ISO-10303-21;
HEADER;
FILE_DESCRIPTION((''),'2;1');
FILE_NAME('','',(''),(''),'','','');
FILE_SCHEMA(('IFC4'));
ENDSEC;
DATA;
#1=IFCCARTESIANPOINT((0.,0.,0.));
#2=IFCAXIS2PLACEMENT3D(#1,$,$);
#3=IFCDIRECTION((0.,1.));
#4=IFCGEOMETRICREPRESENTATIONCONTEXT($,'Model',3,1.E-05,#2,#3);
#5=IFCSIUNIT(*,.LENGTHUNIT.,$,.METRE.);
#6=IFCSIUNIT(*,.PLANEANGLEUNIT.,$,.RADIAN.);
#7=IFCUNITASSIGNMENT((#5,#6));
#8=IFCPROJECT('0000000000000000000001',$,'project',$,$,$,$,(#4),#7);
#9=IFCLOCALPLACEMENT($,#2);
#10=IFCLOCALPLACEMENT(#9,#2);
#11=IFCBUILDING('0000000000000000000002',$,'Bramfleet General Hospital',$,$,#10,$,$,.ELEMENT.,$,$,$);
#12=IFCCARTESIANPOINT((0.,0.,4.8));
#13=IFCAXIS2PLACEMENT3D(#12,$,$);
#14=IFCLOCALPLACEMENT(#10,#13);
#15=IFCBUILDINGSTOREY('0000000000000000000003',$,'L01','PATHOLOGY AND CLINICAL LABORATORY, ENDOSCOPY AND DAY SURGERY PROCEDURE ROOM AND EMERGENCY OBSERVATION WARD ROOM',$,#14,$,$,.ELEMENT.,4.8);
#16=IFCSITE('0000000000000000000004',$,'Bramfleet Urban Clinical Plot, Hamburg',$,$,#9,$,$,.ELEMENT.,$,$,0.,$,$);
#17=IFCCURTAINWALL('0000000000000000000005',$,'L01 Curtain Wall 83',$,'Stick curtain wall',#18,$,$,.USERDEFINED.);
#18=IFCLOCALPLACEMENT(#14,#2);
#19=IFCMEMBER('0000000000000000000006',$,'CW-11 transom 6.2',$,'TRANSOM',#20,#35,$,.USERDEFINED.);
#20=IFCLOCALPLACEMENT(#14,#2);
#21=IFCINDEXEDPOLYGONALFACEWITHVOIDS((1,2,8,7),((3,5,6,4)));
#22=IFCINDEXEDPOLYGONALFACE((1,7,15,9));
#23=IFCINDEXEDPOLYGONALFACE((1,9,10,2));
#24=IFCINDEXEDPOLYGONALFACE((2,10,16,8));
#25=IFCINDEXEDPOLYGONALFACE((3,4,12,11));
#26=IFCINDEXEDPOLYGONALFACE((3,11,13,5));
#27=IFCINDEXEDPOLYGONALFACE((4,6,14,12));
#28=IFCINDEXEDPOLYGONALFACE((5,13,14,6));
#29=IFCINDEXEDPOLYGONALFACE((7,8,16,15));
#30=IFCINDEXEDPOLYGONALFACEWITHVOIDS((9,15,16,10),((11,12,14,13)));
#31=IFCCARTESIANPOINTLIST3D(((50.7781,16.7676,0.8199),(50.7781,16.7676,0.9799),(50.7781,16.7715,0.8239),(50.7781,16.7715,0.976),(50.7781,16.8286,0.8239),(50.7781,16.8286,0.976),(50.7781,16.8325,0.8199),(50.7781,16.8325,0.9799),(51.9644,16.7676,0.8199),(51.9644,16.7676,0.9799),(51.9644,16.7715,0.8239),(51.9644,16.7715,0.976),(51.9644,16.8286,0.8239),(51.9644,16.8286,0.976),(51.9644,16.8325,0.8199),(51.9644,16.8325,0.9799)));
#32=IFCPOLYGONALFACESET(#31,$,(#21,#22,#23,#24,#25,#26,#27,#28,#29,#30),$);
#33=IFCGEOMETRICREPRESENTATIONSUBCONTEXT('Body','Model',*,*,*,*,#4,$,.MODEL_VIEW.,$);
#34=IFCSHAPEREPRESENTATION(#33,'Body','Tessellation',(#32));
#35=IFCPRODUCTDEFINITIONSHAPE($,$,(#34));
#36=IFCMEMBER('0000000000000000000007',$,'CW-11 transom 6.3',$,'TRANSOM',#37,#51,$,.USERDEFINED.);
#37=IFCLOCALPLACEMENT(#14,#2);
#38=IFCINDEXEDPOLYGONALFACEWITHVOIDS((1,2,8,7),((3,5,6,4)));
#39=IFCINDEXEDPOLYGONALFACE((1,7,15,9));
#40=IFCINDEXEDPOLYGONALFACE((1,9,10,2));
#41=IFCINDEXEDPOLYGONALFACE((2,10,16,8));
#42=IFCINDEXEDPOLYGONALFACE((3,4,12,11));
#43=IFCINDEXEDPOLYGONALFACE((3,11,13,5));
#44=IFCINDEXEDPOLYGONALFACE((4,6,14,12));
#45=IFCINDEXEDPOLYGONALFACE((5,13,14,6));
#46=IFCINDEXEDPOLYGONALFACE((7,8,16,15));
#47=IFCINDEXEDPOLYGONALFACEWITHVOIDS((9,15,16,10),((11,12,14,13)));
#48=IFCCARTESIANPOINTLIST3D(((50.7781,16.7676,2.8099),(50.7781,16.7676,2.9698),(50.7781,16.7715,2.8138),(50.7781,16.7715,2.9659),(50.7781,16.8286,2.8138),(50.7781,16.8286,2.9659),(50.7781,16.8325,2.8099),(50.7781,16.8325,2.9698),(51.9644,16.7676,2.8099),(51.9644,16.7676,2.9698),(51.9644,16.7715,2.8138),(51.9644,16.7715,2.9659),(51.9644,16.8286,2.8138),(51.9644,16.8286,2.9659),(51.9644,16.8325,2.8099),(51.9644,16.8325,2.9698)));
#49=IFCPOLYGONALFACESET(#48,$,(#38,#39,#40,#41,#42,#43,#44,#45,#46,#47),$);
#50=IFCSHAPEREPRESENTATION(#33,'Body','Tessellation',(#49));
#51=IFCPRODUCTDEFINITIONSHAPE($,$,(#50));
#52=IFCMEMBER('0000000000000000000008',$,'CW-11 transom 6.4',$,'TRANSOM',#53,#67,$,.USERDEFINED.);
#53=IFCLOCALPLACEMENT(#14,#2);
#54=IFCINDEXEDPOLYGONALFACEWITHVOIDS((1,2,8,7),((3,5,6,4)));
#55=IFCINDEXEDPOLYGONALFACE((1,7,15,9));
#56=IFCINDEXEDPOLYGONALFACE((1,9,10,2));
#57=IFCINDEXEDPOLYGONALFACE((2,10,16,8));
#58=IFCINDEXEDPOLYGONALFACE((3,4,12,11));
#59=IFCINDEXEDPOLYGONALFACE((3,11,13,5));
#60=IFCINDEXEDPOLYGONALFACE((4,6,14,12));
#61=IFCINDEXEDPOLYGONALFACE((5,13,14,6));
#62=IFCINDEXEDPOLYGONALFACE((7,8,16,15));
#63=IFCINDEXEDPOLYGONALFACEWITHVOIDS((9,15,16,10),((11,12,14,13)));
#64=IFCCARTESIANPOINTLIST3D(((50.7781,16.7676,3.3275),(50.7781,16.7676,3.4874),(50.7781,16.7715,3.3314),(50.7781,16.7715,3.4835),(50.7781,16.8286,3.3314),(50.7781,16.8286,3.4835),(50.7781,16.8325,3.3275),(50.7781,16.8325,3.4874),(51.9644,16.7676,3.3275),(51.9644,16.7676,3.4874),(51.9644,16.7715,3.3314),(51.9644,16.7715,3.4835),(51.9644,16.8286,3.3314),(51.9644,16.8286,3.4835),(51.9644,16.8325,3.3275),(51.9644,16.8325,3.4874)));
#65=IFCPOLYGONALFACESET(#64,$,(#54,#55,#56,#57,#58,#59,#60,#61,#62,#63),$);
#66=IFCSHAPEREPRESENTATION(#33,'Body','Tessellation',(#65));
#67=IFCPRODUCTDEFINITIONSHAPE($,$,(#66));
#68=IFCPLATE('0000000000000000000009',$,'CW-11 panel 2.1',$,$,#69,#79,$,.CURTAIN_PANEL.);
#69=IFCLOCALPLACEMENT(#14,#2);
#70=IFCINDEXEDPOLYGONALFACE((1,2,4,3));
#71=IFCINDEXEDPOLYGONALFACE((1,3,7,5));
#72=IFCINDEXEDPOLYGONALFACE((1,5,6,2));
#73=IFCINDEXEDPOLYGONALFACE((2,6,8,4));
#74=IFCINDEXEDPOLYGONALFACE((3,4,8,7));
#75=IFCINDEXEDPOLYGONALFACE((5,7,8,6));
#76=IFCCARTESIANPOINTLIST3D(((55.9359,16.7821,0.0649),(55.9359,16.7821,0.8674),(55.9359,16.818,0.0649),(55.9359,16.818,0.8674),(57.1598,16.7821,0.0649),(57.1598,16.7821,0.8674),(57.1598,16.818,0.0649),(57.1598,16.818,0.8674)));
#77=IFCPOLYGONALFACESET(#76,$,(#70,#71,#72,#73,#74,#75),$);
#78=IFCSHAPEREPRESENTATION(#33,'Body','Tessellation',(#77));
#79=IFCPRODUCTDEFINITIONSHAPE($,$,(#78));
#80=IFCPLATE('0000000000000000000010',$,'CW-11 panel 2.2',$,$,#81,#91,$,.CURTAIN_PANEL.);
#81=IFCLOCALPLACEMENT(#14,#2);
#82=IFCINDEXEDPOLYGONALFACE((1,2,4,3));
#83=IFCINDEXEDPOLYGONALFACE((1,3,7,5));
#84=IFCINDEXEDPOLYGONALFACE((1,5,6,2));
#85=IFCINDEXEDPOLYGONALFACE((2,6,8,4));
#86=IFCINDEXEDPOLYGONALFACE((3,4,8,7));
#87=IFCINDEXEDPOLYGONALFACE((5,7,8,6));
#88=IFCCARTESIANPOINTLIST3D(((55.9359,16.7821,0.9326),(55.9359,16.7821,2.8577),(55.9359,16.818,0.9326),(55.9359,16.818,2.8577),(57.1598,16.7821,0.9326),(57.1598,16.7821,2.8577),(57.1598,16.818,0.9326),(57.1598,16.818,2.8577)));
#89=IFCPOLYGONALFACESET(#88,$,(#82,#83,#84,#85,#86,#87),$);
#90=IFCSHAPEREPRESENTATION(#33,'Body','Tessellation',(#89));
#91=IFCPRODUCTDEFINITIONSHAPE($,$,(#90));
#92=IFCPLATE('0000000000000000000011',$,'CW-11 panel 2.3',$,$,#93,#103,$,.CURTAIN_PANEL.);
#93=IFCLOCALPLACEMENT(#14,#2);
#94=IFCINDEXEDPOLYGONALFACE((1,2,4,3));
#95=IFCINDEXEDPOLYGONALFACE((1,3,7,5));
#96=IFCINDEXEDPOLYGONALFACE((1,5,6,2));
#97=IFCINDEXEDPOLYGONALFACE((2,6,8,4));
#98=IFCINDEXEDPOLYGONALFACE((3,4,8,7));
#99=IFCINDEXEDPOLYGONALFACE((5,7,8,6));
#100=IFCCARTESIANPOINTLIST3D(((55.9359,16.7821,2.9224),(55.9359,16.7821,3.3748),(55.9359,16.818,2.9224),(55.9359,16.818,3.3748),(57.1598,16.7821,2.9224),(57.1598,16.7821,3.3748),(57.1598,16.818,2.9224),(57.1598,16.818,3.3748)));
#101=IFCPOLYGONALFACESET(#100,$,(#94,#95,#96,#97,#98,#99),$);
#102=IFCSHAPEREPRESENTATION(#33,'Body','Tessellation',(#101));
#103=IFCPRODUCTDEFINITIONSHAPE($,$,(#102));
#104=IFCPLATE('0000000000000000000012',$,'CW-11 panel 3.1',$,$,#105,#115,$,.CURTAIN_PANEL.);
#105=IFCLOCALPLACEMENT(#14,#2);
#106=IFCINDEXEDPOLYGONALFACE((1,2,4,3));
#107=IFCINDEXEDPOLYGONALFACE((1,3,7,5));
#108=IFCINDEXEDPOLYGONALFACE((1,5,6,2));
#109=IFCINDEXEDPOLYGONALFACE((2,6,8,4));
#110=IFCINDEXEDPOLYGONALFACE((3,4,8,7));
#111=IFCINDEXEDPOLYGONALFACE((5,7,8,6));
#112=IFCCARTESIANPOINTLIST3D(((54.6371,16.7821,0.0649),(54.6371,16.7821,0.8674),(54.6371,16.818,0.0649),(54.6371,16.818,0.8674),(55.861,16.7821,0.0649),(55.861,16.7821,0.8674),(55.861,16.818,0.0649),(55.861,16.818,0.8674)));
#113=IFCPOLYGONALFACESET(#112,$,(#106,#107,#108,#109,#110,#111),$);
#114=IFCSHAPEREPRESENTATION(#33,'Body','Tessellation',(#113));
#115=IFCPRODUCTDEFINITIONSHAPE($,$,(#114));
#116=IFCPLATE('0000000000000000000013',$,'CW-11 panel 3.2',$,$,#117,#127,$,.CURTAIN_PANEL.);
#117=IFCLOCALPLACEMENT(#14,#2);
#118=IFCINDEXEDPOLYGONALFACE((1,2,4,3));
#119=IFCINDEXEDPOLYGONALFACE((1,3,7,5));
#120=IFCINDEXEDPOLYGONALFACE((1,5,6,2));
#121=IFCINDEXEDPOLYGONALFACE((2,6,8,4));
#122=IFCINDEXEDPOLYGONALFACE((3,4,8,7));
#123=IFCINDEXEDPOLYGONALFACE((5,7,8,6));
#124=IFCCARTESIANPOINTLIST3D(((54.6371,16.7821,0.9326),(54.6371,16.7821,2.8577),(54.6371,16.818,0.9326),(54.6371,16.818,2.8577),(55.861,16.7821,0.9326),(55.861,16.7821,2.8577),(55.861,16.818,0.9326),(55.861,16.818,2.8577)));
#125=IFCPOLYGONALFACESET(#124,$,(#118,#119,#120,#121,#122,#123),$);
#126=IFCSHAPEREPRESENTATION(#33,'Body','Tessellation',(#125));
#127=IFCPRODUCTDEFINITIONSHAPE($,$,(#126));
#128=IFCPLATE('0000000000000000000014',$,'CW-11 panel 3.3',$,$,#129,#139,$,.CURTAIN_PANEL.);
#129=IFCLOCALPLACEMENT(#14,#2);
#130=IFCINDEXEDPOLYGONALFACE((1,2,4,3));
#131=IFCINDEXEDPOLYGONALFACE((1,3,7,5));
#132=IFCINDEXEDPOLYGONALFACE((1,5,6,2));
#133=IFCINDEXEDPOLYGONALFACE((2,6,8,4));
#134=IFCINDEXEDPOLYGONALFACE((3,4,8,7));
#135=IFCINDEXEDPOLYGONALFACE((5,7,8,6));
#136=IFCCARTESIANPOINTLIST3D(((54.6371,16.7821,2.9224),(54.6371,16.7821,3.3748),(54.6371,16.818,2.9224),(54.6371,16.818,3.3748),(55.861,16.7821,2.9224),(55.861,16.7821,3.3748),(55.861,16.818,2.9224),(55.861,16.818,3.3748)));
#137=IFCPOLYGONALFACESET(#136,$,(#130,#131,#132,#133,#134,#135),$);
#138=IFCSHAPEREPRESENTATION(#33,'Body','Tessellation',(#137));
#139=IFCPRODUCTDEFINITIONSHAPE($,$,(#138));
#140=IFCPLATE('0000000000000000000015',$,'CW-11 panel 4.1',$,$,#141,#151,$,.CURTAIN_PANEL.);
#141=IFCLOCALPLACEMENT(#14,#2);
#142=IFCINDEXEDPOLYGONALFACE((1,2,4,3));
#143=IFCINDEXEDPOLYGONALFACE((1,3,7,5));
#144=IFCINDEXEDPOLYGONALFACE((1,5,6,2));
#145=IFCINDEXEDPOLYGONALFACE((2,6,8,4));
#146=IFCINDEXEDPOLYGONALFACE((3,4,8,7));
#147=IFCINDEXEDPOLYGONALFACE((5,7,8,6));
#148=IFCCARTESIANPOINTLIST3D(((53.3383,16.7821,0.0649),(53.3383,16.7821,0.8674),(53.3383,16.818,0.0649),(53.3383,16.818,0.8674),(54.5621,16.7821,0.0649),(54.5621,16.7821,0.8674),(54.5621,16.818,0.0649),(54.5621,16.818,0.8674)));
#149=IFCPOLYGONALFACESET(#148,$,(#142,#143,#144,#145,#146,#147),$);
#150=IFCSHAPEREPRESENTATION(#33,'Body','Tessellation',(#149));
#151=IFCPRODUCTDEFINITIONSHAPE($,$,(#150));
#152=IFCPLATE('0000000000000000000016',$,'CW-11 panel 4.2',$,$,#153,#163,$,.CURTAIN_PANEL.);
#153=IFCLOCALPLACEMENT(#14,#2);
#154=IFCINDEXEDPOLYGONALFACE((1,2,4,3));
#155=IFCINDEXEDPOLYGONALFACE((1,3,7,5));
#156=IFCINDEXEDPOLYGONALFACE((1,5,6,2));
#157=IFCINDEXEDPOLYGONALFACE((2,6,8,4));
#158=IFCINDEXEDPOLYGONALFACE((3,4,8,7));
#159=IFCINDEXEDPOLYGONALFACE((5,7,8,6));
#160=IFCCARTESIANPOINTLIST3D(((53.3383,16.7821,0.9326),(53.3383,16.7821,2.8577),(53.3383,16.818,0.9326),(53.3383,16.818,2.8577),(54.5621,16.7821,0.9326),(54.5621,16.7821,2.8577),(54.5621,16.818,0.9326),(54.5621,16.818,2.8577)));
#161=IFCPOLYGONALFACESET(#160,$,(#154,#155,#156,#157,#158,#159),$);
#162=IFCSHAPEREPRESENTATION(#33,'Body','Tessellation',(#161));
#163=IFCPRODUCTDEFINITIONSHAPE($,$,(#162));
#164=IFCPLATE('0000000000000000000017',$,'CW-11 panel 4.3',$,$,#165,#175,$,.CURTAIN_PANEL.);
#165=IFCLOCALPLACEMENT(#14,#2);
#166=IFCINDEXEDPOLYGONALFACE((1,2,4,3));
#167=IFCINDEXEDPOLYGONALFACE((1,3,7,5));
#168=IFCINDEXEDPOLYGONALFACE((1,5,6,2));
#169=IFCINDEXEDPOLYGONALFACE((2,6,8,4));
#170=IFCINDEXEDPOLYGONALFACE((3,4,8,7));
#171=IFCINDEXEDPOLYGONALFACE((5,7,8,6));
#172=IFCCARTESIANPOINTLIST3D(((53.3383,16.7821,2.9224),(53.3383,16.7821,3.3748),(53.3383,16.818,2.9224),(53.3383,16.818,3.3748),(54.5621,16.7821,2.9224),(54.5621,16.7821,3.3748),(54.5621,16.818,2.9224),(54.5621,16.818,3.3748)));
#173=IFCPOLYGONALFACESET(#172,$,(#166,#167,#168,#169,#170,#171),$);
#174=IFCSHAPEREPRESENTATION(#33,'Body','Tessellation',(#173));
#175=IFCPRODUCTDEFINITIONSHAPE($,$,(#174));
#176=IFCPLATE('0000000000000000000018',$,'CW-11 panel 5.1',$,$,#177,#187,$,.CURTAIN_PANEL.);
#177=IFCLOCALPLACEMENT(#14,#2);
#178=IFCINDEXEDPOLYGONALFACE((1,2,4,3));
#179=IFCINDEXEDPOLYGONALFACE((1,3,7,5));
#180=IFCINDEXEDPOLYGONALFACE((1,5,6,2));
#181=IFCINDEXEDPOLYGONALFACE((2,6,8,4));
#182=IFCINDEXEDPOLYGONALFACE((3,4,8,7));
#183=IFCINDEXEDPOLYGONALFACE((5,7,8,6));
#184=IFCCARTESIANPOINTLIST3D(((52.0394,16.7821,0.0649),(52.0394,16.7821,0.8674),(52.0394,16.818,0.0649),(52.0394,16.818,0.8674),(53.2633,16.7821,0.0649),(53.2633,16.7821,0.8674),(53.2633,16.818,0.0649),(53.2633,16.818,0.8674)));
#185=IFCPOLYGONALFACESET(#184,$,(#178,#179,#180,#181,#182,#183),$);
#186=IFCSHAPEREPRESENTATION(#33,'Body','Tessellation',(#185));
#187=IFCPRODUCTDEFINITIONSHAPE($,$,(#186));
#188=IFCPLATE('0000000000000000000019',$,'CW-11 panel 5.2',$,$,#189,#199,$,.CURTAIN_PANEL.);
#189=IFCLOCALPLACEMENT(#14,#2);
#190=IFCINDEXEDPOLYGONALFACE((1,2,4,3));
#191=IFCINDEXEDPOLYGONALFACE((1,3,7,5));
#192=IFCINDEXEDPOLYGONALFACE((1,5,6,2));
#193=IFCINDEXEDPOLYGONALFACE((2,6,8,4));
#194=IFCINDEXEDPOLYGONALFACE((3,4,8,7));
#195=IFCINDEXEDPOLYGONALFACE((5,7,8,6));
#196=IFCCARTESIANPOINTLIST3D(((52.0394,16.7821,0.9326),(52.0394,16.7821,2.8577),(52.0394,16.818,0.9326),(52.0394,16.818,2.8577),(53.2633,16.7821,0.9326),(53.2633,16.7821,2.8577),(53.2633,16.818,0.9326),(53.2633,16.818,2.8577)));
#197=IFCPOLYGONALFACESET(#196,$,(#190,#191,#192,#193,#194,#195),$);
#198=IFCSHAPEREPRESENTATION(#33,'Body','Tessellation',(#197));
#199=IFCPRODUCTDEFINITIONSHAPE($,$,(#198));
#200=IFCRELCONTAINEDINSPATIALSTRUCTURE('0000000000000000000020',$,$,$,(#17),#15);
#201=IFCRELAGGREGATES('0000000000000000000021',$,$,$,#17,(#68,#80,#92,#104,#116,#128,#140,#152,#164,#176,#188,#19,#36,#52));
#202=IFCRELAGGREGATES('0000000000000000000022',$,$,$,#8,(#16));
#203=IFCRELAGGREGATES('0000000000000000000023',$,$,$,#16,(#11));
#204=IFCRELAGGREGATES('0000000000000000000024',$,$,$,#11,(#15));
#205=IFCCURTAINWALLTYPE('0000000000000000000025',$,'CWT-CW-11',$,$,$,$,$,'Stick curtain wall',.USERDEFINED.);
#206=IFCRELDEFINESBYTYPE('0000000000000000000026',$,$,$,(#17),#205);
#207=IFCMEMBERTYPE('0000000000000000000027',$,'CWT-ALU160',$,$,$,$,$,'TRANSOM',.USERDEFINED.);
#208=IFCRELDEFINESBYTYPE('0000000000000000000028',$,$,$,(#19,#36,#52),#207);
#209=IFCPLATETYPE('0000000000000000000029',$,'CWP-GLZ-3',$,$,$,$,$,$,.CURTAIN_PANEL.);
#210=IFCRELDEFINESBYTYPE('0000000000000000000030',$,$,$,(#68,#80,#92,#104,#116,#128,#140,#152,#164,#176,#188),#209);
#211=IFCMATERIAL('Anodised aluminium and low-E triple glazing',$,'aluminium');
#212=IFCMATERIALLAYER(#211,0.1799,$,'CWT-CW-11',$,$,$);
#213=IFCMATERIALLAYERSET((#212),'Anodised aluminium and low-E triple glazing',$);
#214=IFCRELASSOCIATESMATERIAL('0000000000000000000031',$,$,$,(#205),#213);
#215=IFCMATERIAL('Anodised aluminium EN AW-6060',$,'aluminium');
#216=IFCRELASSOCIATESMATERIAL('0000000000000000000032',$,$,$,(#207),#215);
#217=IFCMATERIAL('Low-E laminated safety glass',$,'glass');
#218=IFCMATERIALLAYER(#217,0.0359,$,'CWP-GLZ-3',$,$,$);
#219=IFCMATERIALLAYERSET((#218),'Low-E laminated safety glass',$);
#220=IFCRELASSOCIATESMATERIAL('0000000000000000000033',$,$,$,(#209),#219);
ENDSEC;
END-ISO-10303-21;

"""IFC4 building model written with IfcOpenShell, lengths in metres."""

from ifc_helpers import new_model, si_unit, direction, frame, origin, origin_2d, place, context, subcontext, project, spatial, rectangle, hollow_rectangle, extrude, material, layer, layer_set, material_profile, profile_set, type_object, element, aggregate, save


model = new_model("IFC4")

# Units and contexts
model_context = context("Model", 3, precision=1e-05, world=origin(), true_north=direction((0.0, 1.0)))
body_context = subcontext(model_context, "Body", "Model", "MODEL_VIEW")
ifc_project = project(units=[si_unit("LENGTHUNIT", "METRE"), si_unit("PLANEANGLEUNIT", "RADIAN")], contexts=[model_context])

# Site, building, storey
site_placement = place(None, origin())
site = spatial("IfcSite", under=ifc_project, at=site_placement, Name="Bramfleet Urban Clinical Plot, Hamburg", CompositionType="ELEMENT", RefElevation=0.0)
building_placement = place(site_placement, origin())
building = spatial("IfcBuilding", under=site, at=building_placement, Name="Bramfleet General Hospital", CompositionType="ELEMENT")
storey_placement = place(building_placement, frame((0.0, 0.0, 4.8)))
storey = spatial("IfcBuildingStorey", under=building, at=storey_placement, Name="L01", Description="PATHOLOGY AND CLINICAL LABORATORY, ENDOSCOPY AND DAY SURGERY PROCEDURE ROOM AND EMERGENCY OBSERVATION WARD ROOM", CompositionType="ELEMENT", Elevation=4.8)

# Curtain wall, members, plates
ifc_material_1 = material(Name="Anodised aluminium and low-E triple glazing", Category="aluminium")
ifc_layer_1 = layer(ifc_material_1, 0.1799, Name="CWT-CW-11")
ifc_layer_set_1 = layer_set([ifc_layer_1], Name="Anodised aluminium and low-E triple glazing")
curtain_wall_type = type_object("IfcCurtainWallType", Name="CWT-CW-11", ElementType="Stick curtain wall", PredefinedType="USERDEFINED", material=ifc_layer_set_1)
curtain_wall_placement = place(storey_placement, origin())
curtain_wall = element("IfcCurtainWall", 1, at=curtain_wall_placement, inside=storey, type_object=curtain_wall_type, Name="L01 Curtain Wall 83", ObjectType="Stick curtain wall", PredefinedType="USERDEFINED")
ifc_material_2 = material(Name="Anodised aluminium EN AW-6060", Category="aluminium")
ifc_material_profile_1 = material_profile(ifc_material_2, hollow_rectangle(XDim=0.0649, YDim=0.1599, WallThickness=0.0039, at=origin_2d()), Name="ALU 160x65x4.0")
ifc_profile_set_1 = profile_set([ifc_material_profile_1], Name="Anodised aluminium EN AW-6060")
member_type_1 = type_object("IfcMemberType", Name="CWT-ALU160", ElementType="TRANSOM", PredefinedType="USERDEFINED", material=ifc_profile_set_1)
member_1_placement = place(storey_placement, frame((51.9644, 16.8, 0.8999), z_axis=(-1.0, 0.0, 0.0), x_axis=(0.0, -1.0, 0.0)))
member_1 = element("IfcMember", 2, at=member_1_placement, type_object=member_type_1, Name="CW-11 transom 6.2", ObjectType="TRANSOM", PredefinedType="USERDEFINED", context=body_context, shape_type="SweptSolid", body=[
    extrude(hollow_rectangle(XDim=0.0649, YDim=0.1599, WallThickness=0.0039, at=origin_2d()), origin(), (0.0, 0.0, 1.0), 1.1863),
])
member_2_placement = place(storey_placement, frame((51.9644, 16.8, 2.8899), z_axis=(-1.0, 0.0, 0.0), x_axis=(0.0, -1.0, 0.0)))
member_2 = element("IfcMember", 3, at=member_2_placement, type_object=member_type_1, Name="CW-11 transom 6.3", ObjectType="TRANSOM", PredefinedType="USERDEFINED", context=body_context, shape_type="SweptSolid", body=[
    extrude(hollow_rectangle(XDim=0.0649, YDim=0.1599, WallThickness=0.0039, at=origin_2d()), origin(), (0.0, 0.0, 1.0), 1.1863),
])
member_3_placement = place(storey_placement, frame((51.9644, 16.8, 3.4075), z_axis=(-1.0, 0.0, 0.0), x_axis=(0.0, -1.0, 0.0)))
member_3 = element("IfcMember", 4, at=member_3_placement, type_object=member_type_1, Name="CW-11 transom 6.4", ObjectType="TRANSOM", PredefinedType="USERDEFINED", context=body_context, shape_type="SweptSolid", body=[
    extrude(hollow_rectangle(XDim=0.0649, YDim=0.1599, WallThickness=0.0039, at=origin_2d()), origin(), (0.0, 0.0, 1.0), 1.1863),
])
ifc_material_3 = material(Name="Low-E laminated safety glass", Category="glass")
ifc_layer_2 = layer(ifc_material_3, 0.0359, Name="CWP-GLZ-3")
ifc_layer_set_2 = layer_set([ifc_layer_2], Name="Low-E laminated safety glass")
plate_type = type_object("IfcPlateType", Name="CWP-GLZ-3", PredefinedType="CURTAIN_PANEL", material=ifc_layer_set_2)
plate_1_placement = place(storey_placement, frame((56.5479, 16.8, 0.0649), z_axis=(0.0, 0.0, 1.0), x_axis=(-1.0, 0.0, 0.0)))
plate_1 = element("IfcPlate", 5, at=plate_1_placement, type_object=plate_type, Name="CW-11 panel 2.1", PredefinedType="CURTAIN_PANEL", context=body_context, shape_type="SweptSolid", body=[
    extrude(rectangle(XDim=1.2239, YDim=0.0359, at=origin_2d()), origin(), (0.0, 0.0, 1.0), 0.8025),
])
plate_2_placement = place(storey_placement, frame((56.5479, 16.8, 0.9326), z_axis=(0.0, 0.0, 1.0), x_axis=(-1.0, 0.0, 0.0)))
plate_2 = element("IfcPlate", 6, at=plate_2_placement, type_object=plate_type, Name="CW-11 panel 2.2", PredefinedType="CURTAIN_PANEL", context=body_context, shape_type="SweptSolid", body=[
    extrude(rectangle(XDim=1.2239, YDim=0.0359, at=origin_2d()), origin(), (0.0, 0.0, 1.0), 1.925),
])
plate_3_placement = place(storey_placement, frame((56.5479, 16.8, 2.9224), z_axis=(0.0, 0.0, 1.0), x_axis=(-1.0, 0.0, 0.0)))
plate_3 = element("IfcPlate", 7, at=plate_3_placement, type_object=plate_type, Name="CW-11 panel 2.3", PredefinedType="CURTAIN_PANEL", context=body_context, shape_type="SweptSolid", body=[
    extrude(rectangle(XDim=1.2239, YDim=0.0359, at=origin_2d()), origin(), (0.0, 0.0, 1.0), 0.4524),
])
plate_4_placement = place(storey_placement, frame((55.249, 16.8, 0.0649), z_axis=(0.0, 0.0, 1.0), x_axis=(-1.0, 0.0, 0.0)))
plate_4 = element("IfcPlate", 8, at=plate_4_placement, type_object=plate_type, Name="CW-11 panel 3.1", PredefinedType="CURTAIN_PANEL", context=body_context, shape_type="SweptSolid", body=[
    extrude(rectangle(XDim=1.2239, YDim=0.0359, at=origin_2d()), origin(), (0.0, 0.0, 1.0), 0.8025),
])
plate_5_placement = place(storey_placement, frame((55.249, 16.8, 0.9326), z_axis=(0.0, 0.0, 1.0), x_axis=(-1.0, 0.0, 0.0)))
plate_5 = element("IfcPlate", 9, at=plate_5_placement, type_object=plate_type, Name="CW-11 panel 3.2", PredefinedType="CURTAIN_PANEL", context=body_context, shape_type="SweptSolid", body=[
    extrude(rectangle(XDim=1.2239, YDim=0.0359, at=origin_2d()), origin(), (0.0, 0.0, 1.0), 1.925),
])
plate_6_placement = place(storey_placement, frame((55.249, 16.8, 2.9224), z_axis=(0.0, 0.0, 1.0), x_axis=(-1.0, 0.0, 0.0)))
plate_6 = element("IfcPlate", 10, at=plate_6_placement, type_object=plate_type, Name="CW-11 panel 3.3", PredefinedType="CURTAIN_PANEL", context=body_context, shape_type="SweptSolid", body=[
    extrude(rectangle(XDim=1.2239, YDim=0.0359, at=origin_2d()), origin(), (0.0, 0.0, 1.0), 0.4524),
])
plate_7_placement = place(storey_placement, frame((53.9502, 16.8, 0.0649), z_axis=(0.0, 0.0, 1.0), x_axis=(-1.0, 0.0, 0.0)))
plate_7 = element("IfcPlate", 11, at=plate_7_placement, type_object=plate_type, Name="CW-11 panel 4.1", PredefinedType="CURTAIN_PANEL", context=body_context, shape_type="SweptSolid", body=[
    extrude(rectangle(XDim=1.2239, YDim=0.0359, at=origin_2d()), origin(), (0.0, 0.0, 1.0), 0.8025),
])
plate_8_placement = place(storey_placement, frame((53.9502, 16.8, 0.9326), z_axis=(0.0, 0.0, 1.0), x_axis=(-1.0, 0.0, 0.0)))
plate_8 = element("IfcPlate", 12, at=plate_8_placement, type_object=plate_type, Name="CW-11 panel 4.2", PredefinedType="CURTAIN_PANEL", context=body_context, shape_type="SweptSolid", body=[
    extrude(rectangle(XDim=1.2239, YDim=0.0359, at=origin_2d()), origin(), (0.0, 0.0, 1.0), 1.925),
])
plate_9_placement = place(storey_placement, frame((53.9502, 16.8, 2.9224), z_axis=(0.0, 0.0, 1.0), x_axis=(-1.0, 0.0, 0.0)))
plate_9 = element("IfcPlate", 13, at=plate_9_placement, type_object=plate_type, Name="CW-11 panel 4.3", PredefinedType="CURTAIN_PANEL", context=body_context, shape_type="SweptSolid", body=[
    extrude(rectangle(XDim=1.2239, YDim=0.0359, at=origin_2d()), origin(), (0.0, 0.0, 1.0), 0.4524),
])
plate_10_placement = place(storey_placement, frame((52.6514, 16.8, 0.0649), z_axis=(0.0, 0.0, 1.0), x_axis=(-1.0, 0.0, 0.0)))
plate_10 = element("IfcPlate", 14, at=plate_10_placement, type_object=plate_type, Name="CW-11 panel 5.1", PredefinedType="CURTAIN_PANEL", context=body_context, shape_type="SweptSolid", body=[
    extrude(rectangle(XDim=1.2239, YDim=0.0359, at=origin_2d()), origin(), (0.0, 0.0, 1.0), 0.8025),
])
plate_11_placement = place(storey_placement, frame((52.6514, 16.8, 0.9326), z_axis=(0.0, 0.0, 1.0), x_axis=(-1.0, 0.0, 0.0)))
plate_11 = element("IfcPlate", 15, at=plate_11_placement, type_object=plate_type, Name="CW-11 panel 5.2", PredefinedType="CURTAIN_PANEL", context=body_context, shape_type="SweptSolid", body=[
    extrude(rectangle(XDim=1.2239, YDim=0.0359, at=origin_2d()), origin(), (0.0, 0.0, 1.0), 1.925),
])
aggregate(curtain_wall, [plate_1, plate_2, plate_3, plate_4, plate_5, plate_6, plate_7, plate_8, plate_9, plate_10, plate_11, member_1, member_2, member_3])

save(model, "model.ifc")
